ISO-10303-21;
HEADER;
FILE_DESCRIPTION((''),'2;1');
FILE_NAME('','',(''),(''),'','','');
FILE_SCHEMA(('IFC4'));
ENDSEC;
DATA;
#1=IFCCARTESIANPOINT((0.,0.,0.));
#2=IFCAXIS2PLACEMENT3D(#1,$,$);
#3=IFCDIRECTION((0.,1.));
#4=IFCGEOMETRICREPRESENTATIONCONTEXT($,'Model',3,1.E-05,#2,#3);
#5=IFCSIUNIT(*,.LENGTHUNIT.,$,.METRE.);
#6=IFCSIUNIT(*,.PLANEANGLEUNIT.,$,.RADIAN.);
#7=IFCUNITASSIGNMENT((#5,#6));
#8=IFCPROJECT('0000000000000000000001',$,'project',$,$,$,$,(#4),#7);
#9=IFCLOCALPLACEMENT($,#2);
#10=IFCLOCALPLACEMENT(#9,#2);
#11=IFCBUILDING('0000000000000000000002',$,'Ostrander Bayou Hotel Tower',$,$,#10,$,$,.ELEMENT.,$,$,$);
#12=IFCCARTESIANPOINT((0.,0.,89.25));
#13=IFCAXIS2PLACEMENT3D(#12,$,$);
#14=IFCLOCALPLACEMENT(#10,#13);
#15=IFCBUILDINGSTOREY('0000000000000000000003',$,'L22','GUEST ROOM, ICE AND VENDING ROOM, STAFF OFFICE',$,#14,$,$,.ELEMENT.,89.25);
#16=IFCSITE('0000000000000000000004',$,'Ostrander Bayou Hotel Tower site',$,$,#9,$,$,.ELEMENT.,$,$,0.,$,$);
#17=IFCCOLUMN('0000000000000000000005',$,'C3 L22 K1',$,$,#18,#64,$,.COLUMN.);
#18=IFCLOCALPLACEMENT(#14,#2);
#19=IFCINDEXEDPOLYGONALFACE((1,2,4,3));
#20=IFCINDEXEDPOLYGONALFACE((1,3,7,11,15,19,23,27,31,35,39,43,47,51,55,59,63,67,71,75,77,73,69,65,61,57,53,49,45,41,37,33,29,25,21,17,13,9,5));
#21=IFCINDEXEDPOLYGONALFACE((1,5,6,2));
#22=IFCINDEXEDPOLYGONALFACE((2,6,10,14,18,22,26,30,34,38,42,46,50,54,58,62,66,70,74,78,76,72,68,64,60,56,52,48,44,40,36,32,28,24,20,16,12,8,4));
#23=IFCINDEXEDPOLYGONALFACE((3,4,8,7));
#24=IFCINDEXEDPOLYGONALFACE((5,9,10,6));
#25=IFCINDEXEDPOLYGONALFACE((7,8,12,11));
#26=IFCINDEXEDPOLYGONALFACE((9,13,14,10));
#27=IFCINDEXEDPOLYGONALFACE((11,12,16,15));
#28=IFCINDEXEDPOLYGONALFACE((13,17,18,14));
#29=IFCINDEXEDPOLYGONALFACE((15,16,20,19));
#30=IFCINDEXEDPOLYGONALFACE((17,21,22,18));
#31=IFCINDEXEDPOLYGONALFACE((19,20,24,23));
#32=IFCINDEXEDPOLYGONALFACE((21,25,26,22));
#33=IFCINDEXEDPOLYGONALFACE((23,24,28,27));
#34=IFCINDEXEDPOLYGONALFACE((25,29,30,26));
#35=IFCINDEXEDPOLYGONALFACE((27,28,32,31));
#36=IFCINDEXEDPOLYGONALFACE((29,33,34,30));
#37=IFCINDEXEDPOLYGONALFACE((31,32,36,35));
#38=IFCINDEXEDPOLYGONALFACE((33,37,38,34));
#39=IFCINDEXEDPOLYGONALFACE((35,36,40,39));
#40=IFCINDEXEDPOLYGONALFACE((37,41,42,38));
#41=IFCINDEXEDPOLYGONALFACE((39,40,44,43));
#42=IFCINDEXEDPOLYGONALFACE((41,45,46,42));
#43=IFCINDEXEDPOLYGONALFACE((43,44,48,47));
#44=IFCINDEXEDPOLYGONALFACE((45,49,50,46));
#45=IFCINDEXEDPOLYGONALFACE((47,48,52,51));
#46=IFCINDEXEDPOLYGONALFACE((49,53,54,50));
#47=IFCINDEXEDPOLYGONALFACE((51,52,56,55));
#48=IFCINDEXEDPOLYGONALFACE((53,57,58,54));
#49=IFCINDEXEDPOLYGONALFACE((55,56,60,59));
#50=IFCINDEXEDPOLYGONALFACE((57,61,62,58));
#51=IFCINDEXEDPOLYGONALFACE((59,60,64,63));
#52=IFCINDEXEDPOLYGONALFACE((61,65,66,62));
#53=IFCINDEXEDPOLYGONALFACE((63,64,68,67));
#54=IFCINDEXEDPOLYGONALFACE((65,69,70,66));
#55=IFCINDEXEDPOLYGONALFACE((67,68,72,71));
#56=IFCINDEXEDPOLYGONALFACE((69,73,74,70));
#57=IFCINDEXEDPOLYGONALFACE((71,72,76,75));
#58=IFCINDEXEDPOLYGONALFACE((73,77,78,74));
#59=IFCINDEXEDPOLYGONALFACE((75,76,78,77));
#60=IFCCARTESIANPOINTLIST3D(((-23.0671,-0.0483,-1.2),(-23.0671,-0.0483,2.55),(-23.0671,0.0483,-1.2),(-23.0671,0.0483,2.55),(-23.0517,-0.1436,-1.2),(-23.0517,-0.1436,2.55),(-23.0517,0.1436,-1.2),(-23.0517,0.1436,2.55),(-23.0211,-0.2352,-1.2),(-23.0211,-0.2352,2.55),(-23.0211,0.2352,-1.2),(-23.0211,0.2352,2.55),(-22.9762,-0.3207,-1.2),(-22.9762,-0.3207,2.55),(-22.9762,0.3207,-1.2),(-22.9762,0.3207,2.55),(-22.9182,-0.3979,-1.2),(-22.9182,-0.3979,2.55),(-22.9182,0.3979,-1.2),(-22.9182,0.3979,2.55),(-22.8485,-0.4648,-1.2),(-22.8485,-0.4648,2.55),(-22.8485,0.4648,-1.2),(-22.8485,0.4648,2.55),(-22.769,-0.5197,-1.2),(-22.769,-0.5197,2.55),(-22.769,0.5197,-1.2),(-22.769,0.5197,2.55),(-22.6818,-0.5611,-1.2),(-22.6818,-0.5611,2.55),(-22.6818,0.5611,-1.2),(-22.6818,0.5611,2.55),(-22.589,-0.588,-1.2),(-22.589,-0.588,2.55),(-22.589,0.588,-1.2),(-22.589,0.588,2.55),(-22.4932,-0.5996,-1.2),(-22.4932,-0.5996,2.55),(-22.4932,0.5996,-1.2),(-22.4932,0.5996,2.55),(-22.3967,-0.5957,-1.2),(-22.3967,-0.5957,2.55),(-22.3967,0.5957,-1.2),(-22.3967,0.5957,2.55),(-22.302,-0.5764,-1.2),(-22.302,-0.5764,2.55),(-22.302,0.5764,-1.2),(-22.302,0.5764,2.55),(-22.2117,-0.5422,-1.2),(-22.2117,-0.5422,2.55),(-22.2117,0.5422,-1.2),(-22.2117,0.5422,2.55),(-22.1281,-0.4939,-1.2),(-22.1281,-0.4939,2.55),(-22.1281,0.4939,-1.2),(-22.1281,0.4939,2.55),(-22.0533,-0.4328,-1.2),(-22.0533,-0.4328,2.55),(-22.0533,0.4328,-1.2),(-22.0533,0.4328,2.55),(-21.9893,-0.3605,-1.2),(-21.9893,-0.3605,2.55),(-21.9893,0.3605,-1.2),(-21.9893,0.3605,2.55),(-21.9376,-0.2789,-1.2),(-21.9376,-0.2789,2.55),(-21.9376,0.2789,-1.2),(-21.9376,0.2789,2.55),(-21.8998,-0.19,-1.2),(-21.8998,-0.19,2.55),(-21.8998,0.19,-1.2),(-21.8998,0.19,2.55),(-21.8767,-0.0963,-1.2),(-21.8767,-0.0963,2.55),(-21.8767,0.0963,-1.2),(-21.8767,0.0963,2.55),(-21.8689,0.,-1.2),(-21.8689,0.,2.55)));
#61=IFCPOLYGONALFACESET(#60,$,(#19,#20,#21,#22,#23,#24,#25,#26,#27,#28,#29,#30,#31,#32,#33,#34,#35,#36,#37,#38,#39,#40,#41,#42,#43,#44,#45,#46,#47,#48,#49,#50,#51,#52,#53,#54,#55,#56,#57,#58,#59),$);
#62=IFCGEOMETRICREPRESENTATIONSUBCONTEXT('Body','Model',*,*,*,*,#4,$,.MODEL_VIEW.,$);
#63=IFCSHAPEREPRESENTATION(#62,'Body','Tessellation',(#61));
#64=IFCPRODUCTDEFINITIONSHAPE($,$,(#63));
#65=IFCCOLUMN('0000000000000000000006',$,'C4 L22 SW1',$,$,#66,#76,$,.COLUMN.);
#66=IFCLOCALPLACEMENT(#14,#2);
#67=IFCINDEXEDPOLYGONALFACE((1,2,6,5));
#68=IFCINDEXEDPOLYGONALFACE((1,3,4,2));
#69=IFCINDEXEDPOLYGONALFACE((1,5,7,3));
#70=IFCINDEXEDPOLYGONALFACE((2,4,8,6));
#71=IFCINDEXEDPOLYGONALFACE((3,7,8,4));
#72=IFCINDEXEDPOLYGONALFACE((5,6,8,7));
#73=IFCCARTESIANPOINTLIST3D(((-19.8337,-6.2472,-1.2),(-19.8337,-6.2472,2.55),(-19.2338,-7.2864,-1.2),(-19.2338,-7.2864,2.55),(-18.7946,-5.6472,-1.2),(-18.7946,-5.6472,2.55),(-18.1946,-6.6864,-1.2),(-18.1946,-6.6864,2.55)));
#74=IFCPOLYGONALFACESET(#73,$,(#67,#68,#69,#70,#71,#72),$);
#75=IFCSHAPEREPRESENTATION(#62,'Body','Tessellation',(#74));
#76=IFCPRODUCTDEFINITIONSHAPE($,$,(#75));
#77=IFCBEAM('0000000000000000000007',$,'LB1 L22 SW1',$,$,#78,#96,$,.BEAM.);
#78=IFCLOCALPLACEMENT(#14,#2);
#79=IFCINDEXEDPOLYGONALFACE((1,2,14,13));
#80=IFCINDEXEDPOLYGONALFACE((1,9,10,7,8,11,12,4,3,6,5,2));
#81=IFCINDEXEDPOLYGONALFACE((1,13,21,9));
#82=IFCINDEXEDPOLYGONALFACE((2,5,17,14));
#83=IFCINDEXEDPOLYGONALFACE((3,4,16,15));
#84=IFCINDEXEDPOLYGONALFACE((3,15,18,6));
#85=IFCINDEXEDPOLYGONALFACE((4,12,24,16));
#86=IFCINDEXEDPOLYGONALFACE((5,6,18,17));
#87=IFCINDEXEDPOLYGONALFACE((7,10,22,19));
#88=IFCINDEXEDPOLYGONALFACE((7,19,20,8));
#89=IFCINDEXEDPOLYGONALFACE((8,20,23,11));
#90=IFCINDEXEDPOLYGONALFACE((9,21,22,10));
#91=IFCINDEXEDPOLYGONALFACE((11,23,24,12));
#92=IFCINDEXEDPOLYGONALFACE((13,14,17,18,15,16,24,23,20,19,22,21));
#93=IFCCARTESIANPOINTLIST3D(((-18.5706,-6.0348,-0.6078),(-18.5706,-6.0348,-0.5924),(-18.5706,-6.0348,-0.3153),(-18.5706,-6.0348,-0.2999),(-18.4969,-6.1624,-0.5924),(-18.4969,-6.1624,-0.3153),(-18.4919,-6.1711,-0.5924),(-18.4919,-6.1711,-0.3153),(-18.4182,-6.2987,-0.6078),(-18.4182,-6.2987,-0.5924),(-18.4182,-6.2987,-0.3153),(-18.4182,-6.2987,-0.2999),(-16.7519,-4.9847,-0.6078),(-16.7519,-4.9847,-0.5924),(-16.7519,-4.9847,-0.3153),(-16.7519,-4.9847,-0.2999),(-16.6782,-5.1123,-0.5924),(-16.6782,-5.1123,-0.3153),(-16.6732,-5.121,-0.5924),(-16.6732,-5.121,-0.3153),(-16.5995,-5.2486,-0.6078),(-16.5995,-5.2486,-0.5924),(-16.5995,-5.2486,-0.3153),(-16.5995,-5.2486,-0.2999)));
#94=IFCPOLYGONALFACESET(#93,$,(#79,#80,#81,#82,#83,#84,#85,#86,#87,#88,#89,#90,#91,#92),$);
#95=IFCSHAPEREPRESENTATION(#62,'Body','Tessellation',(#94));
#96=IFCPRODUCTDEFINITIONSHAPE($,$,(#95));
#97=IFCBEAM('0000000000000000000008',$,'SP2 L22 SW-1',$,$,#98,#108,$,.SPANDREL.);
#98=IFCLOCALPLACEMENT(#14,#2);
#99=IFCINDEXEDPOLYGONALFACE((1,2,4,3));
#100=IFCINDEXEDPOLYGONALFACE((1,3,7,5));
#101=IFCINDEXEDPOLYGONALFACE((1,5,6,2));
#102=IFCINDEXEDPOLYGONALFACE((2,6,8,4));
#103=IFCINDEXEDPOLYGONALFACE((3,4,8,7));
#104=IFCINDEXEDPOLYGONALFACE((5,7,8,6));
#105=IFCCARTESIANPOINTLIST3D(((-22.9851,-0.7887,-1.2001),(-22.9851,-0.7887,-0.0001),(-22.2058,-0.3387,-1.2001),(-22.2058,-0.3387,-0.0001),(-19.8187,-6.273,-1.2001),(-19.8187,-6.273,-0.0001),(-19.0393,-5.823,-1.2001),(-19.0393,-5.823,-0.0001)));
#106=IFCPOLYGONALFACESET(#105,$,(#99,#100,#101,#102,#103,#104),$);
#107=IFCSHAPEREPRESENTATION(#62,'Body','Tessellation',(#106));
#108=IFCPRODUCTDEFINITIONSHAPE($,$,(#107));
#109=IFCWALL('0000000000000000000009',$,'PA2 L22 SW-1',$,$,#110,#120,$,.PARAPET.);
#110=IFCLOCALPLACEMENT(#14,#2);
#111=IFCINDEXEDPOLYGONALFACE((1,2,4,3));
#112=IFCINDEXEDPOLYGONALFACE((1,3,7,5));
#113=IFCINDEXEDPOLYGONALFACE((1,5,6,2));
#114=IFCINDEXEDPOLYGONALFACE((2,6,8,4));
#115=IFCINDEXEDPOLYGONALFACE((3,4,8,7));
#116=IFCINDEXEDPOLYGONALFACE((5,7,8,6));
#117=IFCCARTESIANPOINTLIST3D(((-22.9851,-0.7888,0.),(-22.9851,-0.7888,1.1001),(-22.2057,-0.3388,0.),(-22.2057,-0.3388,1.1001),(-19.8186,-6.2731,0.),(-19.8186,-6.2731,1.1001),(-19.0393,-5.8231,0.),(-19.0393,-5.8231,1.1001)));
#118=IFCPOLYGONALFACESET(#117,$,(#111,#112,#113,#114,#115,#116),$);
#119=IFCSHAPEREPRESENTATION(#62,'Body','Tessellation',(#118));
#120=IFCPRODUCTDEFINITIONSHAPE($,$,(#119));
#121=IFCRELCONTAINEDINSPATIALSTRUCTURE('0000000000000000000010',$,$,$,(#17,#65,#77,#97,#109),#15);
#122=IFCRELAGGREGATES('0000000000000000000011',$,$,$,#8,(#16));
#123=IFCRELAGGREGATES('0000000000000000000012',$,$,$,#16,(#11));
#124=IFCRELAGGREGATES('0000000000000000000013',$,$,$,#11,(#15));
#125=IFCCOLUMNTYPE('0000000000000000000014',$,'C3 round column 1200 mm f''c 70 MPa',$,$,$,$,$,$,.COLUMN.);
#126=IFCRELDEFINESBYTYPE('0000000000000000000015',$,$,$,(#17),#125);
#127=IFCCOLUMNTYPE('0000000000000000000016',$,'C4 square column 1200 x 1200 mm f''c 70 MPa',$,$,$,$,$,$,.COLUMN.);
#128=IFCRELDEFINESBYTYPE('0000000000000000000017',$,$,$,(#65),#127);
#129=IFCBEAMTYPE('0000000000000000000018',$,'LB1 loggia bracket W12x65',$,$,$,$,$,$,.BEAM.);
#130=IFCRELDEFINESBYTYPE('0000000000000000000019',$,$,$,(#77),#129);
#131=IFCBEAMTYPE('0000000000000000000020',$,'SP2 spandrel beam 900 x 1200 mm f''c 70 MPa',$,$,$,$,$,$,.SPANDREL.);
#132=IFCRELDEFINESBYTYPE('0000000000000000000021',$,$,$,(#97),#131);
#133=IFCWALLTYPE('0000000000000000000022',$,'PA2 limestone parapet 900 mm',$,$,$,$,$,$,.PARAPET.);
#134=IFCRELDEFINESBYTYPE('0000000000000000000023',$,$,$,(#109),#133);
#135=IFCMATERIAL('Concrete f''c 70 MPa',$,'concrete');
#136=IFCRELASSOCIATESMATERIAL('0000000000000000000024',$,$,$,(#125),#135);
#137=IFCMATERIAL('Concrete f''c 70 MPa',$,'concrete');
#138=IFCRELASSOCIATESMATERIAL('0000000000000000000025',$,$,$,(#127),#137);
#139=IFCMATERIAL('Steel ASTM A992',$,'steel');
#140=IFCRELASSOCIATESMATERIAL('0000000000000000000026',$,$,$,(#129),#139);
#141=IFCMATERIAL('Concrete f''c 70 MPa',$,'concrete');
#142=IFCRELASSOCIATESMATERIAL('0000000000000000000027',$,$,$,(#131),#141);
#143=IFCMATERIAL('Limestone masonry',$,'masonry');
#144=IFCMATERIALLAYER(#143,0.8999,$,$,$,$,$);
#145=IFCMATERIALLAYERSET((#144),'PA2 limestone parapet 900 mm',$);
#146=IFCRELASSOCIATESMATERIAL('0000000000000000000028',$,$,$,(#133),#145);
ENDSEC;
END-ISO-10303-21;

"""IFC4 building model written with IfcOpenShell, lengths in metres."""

from ifc_helpers import new_model, si_unit, direction, frame, frame_2d, origin, origin_2d, place, context, subcontext, project, spatial, rectangle, circle, i_section, extrude, material, layer, layer_set, material_profile, profile_set, type_object, element, save


model = new_model("IFC4")

# Units and contexts
model_context = context("Model", 3, precision=1e-05, world=origin(), true_north=direction((0.0, 1.0)))
body_context = subcontext(model_context, "Body", "Model", "MODEL_VIEW")
ifc_project = project(units=[si_unit("LENGTHUNIT", "METRE"), si_unit("PLANEANGLEUNIT", "RADIAN")], contexts=[model_context])

# Site, building, storey
site_placement = place(None, origin())
site = spatial("IfcSite", under=ifc_project, at=site_placement, Name="Ostrander Bayou Hotel Tower site", CompositionType="ELEMENT", RefElevation=0.0)
building_placement = place(site_placement, origin())
building = spatial("IfcBuilding", under=site, at=building_placement, Name="Ostrander Bayou Hotel Tower", CompositionType="ELEMENT")
storey_placement = place(building_placement, frame((0.0, 0.0, 89.25)))
storey = spatial("IfcBuildingStorey", under=building, at=storey_placement, Name="L22", Description="GUEST ROOM, ICE AND VENDING ROOM, STAFF OFFICE", CompositionType="ELEMENT", Elevation=89.25)

# Columns
ifc_material_1 = material(Name="Concrete f'c 70 MPa", Category="concrete")
ifc_material_profile_1 = material_profile(ifc_material_1, circle(Radius=0.6001, at=origin_2d()))
ifc_profile_set_1 = profile_set([ifc_material_profile_1], Name="Concrete f'c 70 MPa")
column_type_1 = type_object("IfcColumnType", Name="C3 round column 1200 mm f'c 70 MPa", PredefinedType="COLUMN", material=ifc_profile_set_1)
column_1_placement = place(storey_placement, frame((-22.469, 0.0, -1.2), z_axis=(0.0, 0.0, 1.0), x_axis=(1.0, 0.0, 0.0)))
element("IfcColumn", 1, at=column_1_placement, inside=storey, type_object=column_type_1, Name="C3 L22 K1", PredefinedType="COLUMN", context=body_context, shape_type="SweptSolid", body=[
    extrude(circle(Radius=0.6001, at=origin_2d()), origin(), (0.0, 0.0, 1.0), 3.75),
])
ifc_material_2 = material(Name="Concrete f'c 70 MPa", Category="concrete")
ifc_material_profile_2 = material_profile(ifc_material_2, rectangle(XDim=1.2, YDim=1.2, at=origin_2d()))
ifc_profile_set_2 = profile_set([ifc_material_profile_2], Name="Concrete f'c 70 MPa")
column_type_2 = type_object("IfcColumnType", Name="C4 square column 1200 x 1200 mm f'c 70 MPa", PredefinedType="COLUMN", material=ifc_profile_set_2)
column_2_placement = place(storey_placement, frame((-19.0142, -6.4668, -1.2), z_axis=(0.0, 0.0, 1.0), x_axis=(-0.5, 0.866025, 0.0)))
element("IfcColumn", 2, at=column_2_placement, inside=storey, type_object=column_type_2, Name="C4 L22 SW1", PredefinedType="COLUMN", context=body_context, shape_type="SweptSolid", body=[
    extrude(rectangle(XDim=1.2, YDim=1.2, at=origin_2d()), origin(), (0.0, 0.0, 1.0), 3.75),
])

# Beams
ifc_material_3 = material(Name="Steel ASTM A992", Category="steel")
ifc_material_profile_3 = material_profile(ifc_material_3, i_section(OverallWidth=0.3047, OverallDepth=0.3079, WebThickness=0.01, FlangeThickness=0.0154, at=origin_2d()))
ifc_profile_set_3 = profile_set([ifc_material_profile_3], Name="Steel ASTM A992")
beam_type_1 = type_object("IfcBeamType", Name="LB1 loggia bracket W12x65", PredefinedType="BEAM", material=ifc_profile_set_3)
beam_1_placement = place(storey_placement, frame((-18.4944, -6.1667, -0.4539), z_axis=(0.866009, 0.500028, 0.0), x_axis=(-0.500028, 0.866009, 0.0)))
element("IfcBeam", 3, at=beam_1_placement, inside=storey, type_object=beam_type_1, Name="LB1 L22 SW1", PredefinedType="BEAM", context=body_context, shape_type="SweptSolid", body=[
    extrude(i_section(OverallWidth=0.3047, OverallDepth=0.3079, WebThickness=0.01, FlangeThickness=0.0154, at=origin_2d()), origin(), (0.0, 0.0, 1.0), 2.1001),
])
ifc_material_4 = material(Name="Concrete f'c 70 MPa", Category="concrete")
ifc_material_profile_4 = material_profile(ifc_material_4, rectangle(XDim=0.8999, YDim=1.2, at=origin_2d()))
ifc_profile_set_4 = profile_set([ifc_material_profile_4], Name="Concrete f'c 70 MPa")
beam_type_2 = type_object("IfcBeamType", Name="SP2 spandrel beam 900 x 1200 mm f'c 70 MPa", PredefinedType="SPANDREL", material=ifc_profile_set_4)
beam_2_placement = place(storey_placement, frame((-22.5955, -0.5637, -0.6001), z_axis=(0.500012, -0.866019, 0.0), x_axis=(0.866019, 0.500012, 0.0)))
element("IfcBeam", 4, at=beam_2_placement, inside=storey, type_object=beam_type_2, Name="SP2 L22 SW-1", PredefinedType="SPANDREL", context=body_context, shape_type="SweptSolid", body=[
    extrude(rectangle(XDim=0.8999, YDim=1.2, at=origin_2d()), origin(), (0.0, 0.0, 1.0), 6.3328),
])

# Wall
ifc_material_5 = material(Name="Limestone masonry", Category="masonry")
ifc_layer_1 = layer(ifc_material_5, 0.8999)
ifc_layer_set_1 = layer_set([ifc_layer_1], Name="PA2 limestone parapet 900 mm")
wall_type_1 = type_object("IfcWallType", Name="PA2 limestone parapet 900 mm", PredefinedType="PARAPET", material=ifc_layer_set_1)
wall_1_placement = place(storey_placement, frame((-22.5955, -0.5637, 0.0), z_axis=(0.0, 0.0, 1.0), x_axis=(0.500012, -0.866019, 0.0)))
element("IfcWall", 5, at=wall_1_placement, inside=storey, type_object=wall_type_1, Name="PA2 L22 SW-1", PredefinedType="PARAPET", context=body_context, shape_type="SweptSolid", body=[
    extrude(rectangle(XDim=6.3328, YDim=0.8999, at=frame_2d((3.1665, 0.0))), origin(), (0.0, 0.0, 1.0), 1.1001),
])

save(model, "model.ifc")
